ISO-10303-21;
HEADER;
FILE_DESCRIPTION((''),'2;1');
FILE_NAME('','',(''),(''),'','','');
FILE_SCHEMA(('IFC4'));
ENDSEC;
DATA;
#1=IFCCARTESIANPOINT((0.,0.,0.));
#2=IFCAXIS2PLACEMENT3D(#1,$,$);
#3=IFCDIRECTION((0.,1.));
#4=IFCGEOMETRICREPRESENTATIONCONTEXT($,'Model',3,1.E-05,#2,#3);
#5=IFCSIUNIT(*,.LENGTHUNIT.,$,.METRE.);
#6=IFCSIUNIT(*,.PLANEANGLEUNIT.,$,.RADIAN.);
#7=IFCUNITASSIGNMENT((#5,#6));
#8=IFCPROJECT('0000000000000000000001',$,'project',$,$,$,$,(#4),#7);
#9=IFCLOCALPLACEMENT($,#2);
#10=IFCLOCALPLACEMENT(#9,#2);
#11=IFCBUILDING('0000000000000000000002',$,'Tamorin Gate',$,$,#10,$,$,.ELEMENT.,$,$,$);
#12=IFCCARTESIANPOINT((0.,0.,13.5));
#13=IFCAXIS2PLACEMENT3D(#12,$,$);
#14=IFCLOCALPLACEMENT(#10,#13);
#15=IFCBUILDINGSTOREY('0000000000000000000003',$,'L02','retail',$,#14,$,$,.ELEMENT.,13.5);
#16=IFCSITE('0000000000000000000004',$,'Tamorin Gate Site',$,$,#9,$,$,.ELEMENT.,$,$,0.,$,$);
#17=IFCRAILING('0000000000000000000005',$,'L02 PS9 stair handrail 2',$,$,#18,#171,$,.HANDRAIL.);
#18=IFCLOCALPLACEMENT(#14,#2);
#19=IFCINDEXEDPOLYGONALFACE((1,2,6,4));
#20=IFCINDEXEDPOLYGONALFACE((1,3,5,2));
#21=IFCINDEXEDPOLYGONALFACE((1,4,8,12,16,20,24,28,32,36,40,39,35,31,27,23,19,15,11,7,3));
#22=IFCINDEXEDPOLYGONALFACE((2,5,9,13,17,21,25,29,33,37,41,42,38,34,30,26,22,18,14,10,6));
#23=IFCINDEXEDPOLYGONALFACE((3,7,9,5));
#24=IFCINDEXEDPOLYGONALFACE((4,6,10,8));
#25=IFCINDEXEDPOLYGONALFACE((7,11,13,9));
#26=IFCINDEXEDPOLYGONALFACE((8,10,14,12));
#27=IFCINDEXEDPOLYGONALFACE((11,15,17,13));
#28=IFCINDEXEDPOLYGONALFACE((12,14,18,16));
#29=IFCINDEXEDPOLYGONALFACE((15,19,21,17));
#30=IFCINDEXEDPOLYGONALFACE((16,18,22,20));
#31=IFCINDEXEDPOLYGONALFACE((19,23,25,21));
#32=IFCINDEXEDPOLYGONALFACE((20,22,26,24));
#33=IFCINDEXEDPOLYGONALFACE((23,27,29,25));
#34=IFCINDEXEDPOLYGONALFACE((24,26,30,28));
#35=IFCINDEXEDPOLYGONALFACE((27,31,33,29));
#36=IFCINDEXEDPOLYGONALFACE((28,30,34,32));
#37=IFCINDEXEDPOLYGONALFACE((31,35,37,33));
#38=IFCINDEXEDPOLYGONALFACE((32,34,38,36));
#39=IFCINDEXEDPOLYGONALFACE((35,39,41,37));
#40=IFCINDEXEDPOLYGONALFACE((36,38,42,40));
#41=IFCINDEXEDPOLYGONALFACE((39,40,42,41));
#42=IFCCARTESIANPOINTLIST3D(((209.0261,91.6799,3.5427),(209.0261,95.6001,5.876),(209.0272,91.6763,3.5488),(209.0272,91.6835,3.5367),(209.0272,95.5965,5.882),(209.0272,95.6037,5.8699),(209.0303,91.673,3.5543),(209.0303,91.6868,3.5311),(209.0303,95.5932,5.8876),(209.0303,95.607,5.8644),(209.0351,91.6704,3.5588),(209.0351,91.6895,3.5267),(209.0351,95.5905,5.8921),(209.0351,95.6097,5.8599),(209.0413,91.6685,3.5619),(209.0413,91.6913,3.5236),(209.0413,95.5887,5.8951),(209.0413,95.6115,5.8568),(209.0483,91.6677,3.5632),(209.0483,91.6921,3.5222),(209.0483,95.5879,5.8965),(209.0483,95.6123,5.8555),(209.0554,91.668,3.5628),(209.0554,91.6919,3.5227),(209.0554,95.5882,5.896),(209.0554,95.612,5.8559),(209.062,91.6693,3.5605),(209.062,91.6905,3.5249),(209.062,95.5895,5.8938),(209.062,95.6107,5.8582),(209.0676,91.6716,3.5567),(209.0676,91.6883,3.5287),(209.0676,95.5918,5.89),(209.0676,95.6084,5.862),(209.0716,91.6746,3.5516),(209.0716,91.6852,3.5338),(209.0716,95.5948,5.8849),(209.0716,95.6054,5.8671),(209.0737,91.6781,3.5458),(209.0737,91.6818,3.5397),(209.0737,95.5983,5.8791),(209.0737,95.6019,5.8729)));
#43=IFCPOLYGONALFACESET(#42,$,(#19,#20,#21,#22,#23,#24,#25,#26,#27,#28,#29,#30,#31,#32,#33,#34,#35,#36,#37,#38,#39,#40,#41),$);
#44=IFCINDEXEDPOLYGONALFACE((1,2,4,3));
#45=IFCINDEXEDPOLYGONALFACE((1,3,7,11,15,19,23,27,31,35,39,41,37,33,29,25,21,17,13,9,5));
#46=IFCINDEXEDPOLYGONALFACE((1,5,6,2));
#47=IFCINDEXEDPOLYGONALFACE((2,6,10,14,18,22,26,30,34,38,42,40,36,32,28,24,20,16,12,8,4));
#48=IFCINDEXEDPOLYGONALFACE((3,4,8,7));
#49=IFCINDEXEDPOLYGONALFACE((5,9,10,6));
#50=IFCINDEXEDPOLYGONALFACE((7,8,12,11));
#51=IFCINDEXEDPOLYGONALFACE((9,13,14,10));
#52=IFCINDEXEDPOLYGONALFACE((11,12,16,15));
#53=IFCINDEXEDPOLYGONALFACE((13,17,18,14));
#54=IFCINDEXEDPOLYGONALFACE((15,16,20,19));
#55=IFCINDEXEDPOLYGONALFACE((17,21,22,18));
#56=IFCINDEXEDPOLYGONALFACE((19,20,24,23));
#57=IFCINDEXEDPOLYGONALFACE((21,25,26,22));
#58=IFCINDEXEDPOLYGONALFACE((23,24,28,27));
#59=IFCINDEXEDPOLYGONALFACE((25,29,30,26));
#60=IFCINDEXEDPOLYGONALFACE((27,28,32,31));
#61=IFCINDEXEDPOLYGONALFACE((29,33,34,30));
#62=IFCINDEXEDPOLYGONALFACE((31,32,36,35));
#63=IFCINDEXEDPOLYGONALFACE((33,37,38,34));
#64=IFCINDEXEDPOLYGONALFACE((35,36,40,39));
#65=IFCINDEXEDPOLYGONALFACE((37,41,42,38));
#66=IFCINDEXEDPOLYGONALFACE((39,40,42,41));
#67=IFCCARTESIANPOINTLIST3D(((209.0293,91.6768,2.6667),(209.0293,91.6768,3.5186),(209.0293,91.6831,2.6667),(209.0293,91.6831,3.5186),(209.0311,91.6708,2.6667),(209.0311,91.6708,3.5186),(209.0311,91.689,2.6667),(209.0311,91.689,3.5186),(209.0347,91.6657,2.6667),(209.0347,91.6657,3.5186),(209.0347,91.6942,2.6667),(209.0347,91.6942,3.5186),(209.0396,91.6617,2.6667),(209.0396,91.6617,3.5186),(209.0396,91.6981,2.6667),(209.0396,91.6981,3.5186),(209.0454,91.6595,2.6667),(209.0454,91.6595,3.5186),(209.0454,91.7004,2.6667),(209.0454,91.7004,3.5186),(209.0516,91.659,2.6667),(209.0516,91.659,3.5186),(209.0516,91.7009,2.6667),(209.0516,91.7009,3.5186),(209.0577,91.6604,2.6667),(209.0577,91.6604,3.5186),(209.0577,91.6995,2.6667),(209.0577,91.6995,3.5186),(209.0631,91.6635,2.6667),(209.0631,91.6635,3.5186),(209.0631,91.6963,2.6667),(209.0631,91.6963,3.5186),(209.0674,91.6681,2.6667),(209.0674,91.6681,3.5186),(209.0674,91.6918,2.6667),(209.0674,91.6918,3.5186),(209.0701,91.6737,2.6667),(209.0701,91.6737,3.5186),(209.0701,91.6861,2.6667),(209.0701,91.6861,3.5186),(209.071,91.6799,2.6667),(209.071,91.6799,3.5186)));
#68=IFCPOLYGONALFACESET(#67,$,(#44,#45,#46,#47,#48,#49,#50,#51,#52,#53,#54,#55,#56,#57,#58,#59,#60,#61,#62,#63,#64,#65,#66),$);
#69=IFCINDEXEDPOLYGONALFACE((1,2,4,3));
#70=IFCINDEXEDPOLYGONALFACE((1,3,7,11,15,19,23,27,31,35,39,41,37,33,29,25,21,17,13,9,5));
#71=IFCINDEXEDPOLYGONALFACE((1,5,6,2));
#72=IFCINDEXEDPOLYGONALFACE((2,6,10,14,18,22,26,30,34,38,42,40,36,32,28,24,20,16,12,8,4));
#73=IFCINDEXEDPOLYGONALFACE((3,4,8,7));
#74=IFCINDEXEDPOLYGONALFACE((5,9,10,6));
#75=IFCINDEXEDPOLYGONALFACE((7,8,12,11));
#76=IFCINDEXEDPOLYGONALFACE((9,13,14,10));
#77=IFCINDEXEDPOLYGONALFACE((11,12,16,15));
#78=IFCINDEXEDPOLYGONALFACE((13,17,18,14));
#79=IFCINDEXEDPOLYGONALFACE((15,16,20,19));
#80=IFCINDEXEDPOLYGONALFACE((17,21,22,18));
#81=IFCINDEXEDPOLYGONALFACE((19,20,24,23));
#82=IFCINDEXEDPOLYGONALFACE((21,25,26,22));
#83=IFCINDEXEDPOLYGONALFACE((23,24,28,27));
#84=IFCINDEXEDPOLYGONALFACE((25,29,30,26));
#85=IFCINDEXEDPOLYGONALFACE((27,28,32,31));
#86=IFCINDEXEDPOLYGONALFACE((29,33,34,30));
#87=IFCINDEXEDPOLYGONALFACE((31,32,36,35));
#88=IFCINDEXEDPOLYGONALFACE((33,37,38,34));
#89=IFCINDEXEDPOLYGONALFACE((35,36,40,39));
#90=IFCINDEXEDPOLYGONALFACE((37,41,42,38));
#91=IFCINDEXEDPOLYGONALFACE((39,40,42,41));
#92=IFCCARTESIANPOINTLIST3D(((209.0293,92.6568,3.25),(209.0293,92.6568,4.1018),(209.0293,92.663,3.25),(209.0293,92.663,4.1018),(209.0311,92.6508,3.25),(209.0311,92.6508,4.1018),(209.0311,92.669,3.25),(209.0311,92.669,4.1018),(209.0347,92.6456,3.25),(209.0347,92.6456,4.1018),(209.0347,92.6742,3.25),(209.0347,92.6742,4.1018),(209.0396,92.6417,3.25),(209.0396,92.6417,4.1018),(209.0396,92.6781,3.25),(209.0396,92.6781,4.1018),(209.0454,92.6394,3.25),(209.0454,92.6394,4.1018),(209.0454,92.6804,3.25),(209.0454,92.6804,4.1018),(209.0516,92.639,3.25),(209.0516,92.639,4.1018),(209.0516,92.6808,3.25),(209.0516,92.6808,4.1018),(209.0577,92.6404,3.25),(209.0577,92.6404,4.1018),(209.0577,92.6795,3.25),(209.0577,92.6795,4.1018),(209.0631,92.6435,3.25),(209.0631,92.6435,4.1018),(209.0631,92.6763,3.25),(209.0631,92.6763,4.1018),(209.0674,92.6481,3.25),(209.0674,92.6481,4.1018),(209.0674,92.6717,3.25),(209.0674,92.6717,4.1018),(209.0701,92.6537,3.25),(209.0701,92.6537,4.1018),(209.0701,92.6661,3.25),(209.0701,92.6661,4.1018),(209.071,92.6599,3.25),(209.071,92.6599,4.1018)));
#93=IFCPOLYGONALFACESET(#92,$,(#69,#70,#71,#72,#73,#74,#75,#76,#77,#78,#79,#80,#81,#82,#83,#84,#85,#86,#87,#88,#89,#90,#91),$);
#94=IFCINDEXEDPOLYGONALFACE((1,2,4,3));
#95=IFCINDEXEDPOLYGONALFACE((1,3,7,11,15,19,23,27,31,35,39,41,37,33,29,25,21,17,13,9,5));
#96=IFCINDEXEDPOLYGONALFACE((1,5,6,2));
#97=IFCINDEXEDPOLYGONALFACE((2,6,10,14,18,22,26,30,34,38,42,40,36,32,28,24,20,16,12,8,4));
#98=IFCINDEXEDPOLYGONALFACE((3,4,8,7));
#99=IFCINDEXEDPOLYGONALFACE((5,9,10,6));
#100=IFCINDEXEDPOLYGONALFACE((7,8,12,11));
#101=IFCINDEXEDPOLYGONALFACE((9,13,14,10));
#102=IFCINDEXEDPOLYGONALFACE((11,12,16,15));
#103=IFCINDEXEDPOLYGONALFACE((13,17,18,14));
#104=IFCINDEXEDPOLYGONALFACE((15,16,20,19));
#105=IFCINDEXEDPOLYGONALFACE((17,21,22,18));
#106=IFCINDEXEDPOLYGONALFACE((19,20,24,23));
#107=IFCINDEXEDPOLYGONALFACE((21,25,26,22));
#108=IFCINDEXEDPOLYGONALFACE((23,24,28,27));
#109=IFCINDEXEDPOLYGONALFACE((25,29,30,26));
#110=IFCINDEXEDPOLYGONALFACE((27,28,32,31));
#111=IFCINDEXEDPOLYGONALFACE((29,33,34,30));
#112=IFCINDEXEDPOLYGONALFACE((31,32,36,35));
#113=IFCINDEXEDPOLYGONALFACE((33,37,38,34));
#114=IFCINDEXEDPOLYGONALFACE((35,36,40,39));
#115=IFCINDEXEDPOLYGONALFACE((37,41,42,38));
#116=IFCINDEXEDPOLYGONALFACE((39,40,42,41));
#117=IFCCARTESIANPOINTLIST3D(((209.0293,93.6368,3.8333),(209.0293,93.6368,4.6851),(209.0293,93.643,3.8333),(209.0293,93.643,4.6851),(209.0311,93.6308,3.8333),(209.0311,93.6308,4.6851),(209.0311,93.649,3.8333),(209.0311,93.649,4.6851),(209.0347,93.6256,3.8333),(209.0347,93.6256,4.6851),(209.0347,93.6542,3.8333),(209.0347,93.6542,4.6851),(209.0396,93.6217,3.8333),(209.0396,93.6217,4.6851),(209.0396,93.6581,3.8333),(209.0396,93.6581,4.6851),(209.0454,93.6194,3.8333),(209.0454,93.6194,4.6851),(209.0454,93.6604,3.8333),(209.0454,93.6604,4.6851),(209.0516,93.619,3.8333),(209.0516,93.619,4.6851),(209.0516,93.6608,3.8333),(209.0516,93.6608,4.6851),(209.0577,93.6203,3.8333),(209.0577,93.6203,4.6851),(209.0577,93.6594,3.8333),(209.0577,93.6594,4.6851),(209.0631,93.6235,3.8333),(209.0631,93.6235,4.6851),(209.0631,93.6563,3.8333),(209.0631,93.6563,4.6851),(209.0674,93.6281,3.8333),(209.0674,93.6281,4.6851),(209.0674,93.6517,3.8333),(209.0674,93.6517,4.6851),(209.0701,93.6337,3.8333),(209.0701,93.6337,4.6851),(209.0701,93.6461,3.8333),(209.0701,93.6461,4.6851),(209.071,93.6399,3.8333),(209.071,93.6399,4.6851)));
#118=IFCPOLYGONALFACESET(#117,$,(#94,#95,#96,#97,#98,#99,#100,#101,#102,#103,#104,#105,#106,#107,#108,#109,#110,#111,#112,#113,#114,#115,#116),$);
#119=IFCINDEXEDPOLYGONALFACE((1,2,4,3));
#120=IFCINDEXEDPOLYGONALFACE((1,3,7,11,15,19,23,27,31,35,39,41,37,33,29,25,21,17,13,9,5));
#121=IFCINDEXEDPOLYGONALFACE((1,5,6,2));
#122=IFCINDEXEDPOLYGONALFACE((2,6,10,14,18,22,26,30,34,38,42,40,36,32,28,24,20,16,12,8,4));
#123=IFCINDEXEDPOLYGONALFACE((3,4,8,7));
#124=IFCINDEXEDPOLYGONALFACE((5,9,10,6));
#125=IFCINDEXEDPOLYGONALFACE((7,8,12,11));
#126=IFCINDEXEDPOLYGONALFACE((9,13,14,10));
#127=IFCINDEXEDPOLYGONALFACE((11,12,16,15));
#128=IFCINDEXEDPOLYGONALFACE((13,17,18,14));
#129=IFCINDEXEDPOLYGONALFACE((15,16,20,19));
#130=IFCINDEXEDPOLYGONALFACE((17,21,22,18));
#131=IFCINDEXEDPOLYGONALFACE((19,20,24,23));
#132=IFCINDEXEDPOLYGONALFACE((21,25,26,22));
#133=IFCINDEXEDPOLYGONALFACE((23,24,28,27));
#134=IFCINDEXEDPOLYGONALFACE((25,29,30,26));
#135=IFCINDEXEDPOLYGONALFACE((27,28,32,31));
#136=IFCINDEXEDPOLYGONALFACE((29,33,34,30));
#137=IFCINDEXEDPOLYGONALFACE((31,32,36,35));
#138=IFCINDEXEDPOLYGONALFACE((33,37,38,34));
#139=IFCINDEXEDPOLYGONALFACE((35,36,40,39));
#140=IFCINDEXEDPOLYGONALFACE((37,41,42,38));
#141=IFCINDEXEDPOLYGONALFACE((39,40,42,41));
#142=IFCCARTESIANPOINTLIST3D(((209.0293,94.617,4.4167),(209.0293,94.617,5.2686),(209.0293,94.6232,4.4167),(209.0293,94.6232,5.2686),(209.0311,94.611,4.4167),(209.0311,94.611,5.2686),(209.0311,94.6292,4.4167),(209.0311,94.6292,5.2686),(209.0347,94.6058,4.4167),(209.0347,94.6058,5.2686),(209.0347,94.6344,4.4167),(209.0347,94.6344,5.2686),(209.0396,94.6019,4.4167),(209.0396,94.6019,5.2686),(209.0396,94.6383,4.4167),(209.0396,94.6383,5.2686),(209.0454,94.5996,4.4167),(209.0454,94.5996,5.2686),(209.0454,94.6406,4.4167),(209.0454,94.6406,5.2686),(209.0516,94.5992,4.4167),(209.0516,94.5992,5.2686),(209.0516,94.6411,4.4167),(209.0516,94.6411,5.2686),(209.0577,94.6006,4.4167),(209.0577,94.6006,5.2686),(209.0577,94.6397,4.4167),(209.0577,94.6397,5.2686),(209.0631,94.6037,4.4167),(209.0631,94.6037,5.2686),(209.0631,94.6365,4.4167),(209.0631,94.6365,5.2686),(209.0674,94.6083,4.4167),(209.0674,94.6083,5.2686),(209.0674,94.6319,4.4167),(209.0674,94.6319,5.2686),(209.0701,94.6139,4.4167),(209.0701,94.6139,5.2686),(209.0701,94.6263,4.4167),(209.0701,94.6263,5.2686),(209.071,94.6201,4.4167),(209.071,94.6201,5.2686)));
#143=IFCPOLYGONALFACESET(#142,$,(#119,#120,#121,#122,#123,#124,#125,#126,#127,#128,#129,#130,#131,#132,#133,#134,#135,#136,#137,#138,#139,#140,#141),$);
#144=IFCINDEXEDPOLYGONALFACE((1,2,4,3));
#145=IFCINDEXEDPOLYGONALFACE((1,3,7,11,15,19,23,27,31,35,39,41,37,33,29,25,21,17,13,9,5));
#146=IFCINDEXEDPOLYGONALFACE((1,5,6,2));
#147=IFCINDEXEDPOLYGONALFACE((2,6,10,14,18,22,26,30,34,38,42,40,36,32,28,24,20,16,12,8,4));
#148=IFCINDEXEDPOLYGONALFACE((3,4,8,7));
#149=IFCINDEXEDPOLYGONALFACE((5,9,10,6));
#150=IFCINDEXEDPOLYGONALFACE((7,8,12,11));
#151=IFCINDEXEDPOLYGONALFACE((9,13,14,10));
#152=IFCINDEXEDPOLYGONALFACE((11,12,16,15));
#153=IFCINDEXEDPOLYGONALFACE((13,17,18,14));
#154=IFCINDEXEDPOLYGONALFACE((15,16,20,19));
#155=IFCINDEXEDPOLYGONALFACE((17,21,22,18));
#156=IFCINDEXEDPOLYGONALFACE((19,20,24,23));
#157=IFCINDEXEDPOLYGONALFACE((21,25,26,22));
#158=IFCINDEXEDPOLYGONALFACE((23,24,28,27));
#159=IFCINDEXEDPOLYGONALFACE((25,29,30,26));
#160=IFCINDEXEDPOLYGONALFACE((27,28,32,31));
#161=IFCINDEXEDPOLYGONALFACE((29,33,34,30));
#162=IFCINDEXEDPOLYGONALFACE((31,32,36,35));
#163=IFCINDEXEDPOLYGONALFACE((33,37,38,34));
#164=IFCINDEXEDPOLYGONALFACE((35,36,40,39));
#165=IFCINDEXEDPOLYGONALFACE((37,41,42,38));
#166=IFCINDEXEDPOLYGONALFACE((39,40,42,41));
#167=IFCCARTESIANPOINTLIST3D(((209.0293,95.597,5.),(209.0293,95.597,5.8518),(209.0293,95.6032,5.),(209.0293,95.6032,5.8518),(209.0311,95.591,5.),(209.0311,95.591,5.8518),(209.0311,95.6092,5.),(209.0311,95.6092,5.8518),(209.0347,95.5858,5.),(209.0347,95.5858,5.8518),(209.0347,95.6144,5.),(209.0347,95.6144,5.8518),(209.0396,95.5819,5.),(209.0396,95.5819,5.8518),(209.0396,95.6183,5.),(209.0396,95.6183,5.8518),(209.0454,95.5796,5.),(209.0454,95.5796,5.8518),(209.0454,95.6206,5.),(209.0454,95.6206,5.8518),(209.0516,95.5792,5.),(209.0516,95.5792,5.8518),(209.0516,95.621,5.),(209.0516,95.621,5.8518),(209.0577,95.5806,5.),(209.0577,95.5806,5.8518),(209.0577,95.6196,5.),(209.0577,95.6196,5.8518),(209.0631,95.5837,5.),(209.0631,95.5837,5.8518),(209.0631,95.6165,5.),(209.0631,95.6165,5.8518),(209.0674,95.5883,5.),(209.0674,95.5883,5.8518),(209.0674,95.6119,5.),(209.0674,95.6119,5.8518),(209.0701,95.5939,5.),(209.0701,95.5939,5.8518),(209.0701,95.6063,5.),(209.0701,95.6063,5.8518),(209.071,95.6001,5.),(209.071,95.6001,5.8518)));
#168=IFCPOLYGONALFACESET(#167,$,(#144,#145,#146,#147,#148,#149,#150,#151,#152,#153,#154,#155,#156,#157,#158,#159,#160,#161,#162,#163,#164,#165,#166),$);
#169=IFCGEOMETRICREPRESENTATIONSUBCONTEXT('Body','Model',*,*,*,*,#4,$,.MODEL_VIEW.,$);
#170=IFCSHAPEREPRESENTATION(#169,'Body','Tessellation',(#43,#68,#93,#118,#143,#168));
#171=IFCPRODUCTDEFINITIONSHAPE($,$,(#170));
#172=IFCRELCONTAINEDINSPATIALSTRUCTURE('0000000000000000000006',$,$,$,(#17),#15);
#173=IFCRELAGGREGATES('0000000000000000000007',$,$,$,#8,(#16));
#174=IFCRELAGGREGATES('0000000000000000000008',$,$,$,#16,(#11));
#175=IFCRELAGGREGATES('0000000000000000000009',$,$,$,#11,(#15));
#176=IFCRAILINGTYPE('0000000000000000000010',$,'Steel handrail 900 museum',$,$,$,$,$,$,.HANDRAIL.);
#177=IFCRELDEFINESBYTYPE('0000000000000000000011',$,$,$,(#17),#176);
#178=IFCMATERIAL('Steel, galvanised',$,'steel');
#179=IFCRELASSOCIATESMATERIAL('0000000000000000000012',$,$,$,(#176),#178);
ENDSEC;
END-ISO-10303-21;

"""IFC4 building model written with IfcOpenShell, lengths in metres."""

from ifc_helpers import new_model, si_unit, direction, frame, origin, origin_2d, place, context, subcontext, project, spatial, circle, extrude, material, type_object, element, save


model = new_model("IFC4")

# Units and contexts
model_context = context("Model", 3, precision=1e-05, world=origin(), true_north=direction((0.0, 1.0)))
body_context = subcontext(model_context, "Body", "Model", "MODEL_VIEW")
ifc_project = project(units=[si_unit("LENGTHUNIT", "METRE"), si_unit("PLANEANGLEUNIT", "RADIAN")], contexts=[model_context])

# Site, building, storey
site_placement = place(None, origin())
site = spatial("IfcSite", under=ifc_project, at=site_placement, Name="Tamorin Gate Site", CompositionType="ELEMENT", RefElevation=0.0)
building_placement = place(site_placement, origin())
building = spatial("IfcBuilding", under=site, at=building_placement, Name="Tamorin Gate", CompositionType="ELEMENT")
storey_placement = place(building_placement, frame((0.0, 0.0, 13.5)))
storey = spatial("IfcBuildingStorey", under=building, at=storey_placement, Name="L02", Description="retail", CompositionType="ELEMENT", Elevation=13.5)

# Railing
ifc_material_1 = material(Name="Steel, galvanised", Category="steel")
railing_type_1 = type_object("IfcRailingType", Name="Steel handrail 900 museum", PredefinedType="HANDRAIL", material=ifc_material_1)
railing_1_placement = place(storey_placement, frame((209.05, 91.6799, 2.6667)))
element("IfcRailing", 1, at=railing_1_placement, inside=storey, type_object=railing_type_1, Name="L02 PS9 stair handrail 2", PredefinedType="HANDRAIL", context=body_context, shape_type="SweptSolid", body=[
    extrude(circle(Radius=0.0239, at=origin_2d()), frame((0.0, 0.0, 0.876), z_axis=(0.0, 0.85931, 0.511455), x_axis=(-1.0, 0.0, 0.0)), (0.0, 0.0, 1.0), 4.562),
    extrude(circle(Radius=0.021, at=origin_2d()), origin(), (0.0, 0.0, 1.0), 0.8518),
    extrude(circle(Radius=0.021, at=origin_2d()), frame((0.0, 0.98, 0.5833)), (0.0, 0.0, 1.0), 0.8518),
    extrude(circle(Radius=0.021, at=origin_2d()), frame((0.0, 1.96, 1.1665)), (0.0, 0.0, 1.0), 0.8518),
    extrude(circle(Radius=0.021, at=origin_2d()), frame((0.0, 2.9402, 1.75)), (0.0, 0.0, 1.0), 0.8518),
    extrude(circle(Radius=0.021, at=origin_2d()), frame((0.0, 3.9202, 2.3333)), (0.0, 0.0, 1.0), 0.8518),
])

save(model, "model.ifc")
